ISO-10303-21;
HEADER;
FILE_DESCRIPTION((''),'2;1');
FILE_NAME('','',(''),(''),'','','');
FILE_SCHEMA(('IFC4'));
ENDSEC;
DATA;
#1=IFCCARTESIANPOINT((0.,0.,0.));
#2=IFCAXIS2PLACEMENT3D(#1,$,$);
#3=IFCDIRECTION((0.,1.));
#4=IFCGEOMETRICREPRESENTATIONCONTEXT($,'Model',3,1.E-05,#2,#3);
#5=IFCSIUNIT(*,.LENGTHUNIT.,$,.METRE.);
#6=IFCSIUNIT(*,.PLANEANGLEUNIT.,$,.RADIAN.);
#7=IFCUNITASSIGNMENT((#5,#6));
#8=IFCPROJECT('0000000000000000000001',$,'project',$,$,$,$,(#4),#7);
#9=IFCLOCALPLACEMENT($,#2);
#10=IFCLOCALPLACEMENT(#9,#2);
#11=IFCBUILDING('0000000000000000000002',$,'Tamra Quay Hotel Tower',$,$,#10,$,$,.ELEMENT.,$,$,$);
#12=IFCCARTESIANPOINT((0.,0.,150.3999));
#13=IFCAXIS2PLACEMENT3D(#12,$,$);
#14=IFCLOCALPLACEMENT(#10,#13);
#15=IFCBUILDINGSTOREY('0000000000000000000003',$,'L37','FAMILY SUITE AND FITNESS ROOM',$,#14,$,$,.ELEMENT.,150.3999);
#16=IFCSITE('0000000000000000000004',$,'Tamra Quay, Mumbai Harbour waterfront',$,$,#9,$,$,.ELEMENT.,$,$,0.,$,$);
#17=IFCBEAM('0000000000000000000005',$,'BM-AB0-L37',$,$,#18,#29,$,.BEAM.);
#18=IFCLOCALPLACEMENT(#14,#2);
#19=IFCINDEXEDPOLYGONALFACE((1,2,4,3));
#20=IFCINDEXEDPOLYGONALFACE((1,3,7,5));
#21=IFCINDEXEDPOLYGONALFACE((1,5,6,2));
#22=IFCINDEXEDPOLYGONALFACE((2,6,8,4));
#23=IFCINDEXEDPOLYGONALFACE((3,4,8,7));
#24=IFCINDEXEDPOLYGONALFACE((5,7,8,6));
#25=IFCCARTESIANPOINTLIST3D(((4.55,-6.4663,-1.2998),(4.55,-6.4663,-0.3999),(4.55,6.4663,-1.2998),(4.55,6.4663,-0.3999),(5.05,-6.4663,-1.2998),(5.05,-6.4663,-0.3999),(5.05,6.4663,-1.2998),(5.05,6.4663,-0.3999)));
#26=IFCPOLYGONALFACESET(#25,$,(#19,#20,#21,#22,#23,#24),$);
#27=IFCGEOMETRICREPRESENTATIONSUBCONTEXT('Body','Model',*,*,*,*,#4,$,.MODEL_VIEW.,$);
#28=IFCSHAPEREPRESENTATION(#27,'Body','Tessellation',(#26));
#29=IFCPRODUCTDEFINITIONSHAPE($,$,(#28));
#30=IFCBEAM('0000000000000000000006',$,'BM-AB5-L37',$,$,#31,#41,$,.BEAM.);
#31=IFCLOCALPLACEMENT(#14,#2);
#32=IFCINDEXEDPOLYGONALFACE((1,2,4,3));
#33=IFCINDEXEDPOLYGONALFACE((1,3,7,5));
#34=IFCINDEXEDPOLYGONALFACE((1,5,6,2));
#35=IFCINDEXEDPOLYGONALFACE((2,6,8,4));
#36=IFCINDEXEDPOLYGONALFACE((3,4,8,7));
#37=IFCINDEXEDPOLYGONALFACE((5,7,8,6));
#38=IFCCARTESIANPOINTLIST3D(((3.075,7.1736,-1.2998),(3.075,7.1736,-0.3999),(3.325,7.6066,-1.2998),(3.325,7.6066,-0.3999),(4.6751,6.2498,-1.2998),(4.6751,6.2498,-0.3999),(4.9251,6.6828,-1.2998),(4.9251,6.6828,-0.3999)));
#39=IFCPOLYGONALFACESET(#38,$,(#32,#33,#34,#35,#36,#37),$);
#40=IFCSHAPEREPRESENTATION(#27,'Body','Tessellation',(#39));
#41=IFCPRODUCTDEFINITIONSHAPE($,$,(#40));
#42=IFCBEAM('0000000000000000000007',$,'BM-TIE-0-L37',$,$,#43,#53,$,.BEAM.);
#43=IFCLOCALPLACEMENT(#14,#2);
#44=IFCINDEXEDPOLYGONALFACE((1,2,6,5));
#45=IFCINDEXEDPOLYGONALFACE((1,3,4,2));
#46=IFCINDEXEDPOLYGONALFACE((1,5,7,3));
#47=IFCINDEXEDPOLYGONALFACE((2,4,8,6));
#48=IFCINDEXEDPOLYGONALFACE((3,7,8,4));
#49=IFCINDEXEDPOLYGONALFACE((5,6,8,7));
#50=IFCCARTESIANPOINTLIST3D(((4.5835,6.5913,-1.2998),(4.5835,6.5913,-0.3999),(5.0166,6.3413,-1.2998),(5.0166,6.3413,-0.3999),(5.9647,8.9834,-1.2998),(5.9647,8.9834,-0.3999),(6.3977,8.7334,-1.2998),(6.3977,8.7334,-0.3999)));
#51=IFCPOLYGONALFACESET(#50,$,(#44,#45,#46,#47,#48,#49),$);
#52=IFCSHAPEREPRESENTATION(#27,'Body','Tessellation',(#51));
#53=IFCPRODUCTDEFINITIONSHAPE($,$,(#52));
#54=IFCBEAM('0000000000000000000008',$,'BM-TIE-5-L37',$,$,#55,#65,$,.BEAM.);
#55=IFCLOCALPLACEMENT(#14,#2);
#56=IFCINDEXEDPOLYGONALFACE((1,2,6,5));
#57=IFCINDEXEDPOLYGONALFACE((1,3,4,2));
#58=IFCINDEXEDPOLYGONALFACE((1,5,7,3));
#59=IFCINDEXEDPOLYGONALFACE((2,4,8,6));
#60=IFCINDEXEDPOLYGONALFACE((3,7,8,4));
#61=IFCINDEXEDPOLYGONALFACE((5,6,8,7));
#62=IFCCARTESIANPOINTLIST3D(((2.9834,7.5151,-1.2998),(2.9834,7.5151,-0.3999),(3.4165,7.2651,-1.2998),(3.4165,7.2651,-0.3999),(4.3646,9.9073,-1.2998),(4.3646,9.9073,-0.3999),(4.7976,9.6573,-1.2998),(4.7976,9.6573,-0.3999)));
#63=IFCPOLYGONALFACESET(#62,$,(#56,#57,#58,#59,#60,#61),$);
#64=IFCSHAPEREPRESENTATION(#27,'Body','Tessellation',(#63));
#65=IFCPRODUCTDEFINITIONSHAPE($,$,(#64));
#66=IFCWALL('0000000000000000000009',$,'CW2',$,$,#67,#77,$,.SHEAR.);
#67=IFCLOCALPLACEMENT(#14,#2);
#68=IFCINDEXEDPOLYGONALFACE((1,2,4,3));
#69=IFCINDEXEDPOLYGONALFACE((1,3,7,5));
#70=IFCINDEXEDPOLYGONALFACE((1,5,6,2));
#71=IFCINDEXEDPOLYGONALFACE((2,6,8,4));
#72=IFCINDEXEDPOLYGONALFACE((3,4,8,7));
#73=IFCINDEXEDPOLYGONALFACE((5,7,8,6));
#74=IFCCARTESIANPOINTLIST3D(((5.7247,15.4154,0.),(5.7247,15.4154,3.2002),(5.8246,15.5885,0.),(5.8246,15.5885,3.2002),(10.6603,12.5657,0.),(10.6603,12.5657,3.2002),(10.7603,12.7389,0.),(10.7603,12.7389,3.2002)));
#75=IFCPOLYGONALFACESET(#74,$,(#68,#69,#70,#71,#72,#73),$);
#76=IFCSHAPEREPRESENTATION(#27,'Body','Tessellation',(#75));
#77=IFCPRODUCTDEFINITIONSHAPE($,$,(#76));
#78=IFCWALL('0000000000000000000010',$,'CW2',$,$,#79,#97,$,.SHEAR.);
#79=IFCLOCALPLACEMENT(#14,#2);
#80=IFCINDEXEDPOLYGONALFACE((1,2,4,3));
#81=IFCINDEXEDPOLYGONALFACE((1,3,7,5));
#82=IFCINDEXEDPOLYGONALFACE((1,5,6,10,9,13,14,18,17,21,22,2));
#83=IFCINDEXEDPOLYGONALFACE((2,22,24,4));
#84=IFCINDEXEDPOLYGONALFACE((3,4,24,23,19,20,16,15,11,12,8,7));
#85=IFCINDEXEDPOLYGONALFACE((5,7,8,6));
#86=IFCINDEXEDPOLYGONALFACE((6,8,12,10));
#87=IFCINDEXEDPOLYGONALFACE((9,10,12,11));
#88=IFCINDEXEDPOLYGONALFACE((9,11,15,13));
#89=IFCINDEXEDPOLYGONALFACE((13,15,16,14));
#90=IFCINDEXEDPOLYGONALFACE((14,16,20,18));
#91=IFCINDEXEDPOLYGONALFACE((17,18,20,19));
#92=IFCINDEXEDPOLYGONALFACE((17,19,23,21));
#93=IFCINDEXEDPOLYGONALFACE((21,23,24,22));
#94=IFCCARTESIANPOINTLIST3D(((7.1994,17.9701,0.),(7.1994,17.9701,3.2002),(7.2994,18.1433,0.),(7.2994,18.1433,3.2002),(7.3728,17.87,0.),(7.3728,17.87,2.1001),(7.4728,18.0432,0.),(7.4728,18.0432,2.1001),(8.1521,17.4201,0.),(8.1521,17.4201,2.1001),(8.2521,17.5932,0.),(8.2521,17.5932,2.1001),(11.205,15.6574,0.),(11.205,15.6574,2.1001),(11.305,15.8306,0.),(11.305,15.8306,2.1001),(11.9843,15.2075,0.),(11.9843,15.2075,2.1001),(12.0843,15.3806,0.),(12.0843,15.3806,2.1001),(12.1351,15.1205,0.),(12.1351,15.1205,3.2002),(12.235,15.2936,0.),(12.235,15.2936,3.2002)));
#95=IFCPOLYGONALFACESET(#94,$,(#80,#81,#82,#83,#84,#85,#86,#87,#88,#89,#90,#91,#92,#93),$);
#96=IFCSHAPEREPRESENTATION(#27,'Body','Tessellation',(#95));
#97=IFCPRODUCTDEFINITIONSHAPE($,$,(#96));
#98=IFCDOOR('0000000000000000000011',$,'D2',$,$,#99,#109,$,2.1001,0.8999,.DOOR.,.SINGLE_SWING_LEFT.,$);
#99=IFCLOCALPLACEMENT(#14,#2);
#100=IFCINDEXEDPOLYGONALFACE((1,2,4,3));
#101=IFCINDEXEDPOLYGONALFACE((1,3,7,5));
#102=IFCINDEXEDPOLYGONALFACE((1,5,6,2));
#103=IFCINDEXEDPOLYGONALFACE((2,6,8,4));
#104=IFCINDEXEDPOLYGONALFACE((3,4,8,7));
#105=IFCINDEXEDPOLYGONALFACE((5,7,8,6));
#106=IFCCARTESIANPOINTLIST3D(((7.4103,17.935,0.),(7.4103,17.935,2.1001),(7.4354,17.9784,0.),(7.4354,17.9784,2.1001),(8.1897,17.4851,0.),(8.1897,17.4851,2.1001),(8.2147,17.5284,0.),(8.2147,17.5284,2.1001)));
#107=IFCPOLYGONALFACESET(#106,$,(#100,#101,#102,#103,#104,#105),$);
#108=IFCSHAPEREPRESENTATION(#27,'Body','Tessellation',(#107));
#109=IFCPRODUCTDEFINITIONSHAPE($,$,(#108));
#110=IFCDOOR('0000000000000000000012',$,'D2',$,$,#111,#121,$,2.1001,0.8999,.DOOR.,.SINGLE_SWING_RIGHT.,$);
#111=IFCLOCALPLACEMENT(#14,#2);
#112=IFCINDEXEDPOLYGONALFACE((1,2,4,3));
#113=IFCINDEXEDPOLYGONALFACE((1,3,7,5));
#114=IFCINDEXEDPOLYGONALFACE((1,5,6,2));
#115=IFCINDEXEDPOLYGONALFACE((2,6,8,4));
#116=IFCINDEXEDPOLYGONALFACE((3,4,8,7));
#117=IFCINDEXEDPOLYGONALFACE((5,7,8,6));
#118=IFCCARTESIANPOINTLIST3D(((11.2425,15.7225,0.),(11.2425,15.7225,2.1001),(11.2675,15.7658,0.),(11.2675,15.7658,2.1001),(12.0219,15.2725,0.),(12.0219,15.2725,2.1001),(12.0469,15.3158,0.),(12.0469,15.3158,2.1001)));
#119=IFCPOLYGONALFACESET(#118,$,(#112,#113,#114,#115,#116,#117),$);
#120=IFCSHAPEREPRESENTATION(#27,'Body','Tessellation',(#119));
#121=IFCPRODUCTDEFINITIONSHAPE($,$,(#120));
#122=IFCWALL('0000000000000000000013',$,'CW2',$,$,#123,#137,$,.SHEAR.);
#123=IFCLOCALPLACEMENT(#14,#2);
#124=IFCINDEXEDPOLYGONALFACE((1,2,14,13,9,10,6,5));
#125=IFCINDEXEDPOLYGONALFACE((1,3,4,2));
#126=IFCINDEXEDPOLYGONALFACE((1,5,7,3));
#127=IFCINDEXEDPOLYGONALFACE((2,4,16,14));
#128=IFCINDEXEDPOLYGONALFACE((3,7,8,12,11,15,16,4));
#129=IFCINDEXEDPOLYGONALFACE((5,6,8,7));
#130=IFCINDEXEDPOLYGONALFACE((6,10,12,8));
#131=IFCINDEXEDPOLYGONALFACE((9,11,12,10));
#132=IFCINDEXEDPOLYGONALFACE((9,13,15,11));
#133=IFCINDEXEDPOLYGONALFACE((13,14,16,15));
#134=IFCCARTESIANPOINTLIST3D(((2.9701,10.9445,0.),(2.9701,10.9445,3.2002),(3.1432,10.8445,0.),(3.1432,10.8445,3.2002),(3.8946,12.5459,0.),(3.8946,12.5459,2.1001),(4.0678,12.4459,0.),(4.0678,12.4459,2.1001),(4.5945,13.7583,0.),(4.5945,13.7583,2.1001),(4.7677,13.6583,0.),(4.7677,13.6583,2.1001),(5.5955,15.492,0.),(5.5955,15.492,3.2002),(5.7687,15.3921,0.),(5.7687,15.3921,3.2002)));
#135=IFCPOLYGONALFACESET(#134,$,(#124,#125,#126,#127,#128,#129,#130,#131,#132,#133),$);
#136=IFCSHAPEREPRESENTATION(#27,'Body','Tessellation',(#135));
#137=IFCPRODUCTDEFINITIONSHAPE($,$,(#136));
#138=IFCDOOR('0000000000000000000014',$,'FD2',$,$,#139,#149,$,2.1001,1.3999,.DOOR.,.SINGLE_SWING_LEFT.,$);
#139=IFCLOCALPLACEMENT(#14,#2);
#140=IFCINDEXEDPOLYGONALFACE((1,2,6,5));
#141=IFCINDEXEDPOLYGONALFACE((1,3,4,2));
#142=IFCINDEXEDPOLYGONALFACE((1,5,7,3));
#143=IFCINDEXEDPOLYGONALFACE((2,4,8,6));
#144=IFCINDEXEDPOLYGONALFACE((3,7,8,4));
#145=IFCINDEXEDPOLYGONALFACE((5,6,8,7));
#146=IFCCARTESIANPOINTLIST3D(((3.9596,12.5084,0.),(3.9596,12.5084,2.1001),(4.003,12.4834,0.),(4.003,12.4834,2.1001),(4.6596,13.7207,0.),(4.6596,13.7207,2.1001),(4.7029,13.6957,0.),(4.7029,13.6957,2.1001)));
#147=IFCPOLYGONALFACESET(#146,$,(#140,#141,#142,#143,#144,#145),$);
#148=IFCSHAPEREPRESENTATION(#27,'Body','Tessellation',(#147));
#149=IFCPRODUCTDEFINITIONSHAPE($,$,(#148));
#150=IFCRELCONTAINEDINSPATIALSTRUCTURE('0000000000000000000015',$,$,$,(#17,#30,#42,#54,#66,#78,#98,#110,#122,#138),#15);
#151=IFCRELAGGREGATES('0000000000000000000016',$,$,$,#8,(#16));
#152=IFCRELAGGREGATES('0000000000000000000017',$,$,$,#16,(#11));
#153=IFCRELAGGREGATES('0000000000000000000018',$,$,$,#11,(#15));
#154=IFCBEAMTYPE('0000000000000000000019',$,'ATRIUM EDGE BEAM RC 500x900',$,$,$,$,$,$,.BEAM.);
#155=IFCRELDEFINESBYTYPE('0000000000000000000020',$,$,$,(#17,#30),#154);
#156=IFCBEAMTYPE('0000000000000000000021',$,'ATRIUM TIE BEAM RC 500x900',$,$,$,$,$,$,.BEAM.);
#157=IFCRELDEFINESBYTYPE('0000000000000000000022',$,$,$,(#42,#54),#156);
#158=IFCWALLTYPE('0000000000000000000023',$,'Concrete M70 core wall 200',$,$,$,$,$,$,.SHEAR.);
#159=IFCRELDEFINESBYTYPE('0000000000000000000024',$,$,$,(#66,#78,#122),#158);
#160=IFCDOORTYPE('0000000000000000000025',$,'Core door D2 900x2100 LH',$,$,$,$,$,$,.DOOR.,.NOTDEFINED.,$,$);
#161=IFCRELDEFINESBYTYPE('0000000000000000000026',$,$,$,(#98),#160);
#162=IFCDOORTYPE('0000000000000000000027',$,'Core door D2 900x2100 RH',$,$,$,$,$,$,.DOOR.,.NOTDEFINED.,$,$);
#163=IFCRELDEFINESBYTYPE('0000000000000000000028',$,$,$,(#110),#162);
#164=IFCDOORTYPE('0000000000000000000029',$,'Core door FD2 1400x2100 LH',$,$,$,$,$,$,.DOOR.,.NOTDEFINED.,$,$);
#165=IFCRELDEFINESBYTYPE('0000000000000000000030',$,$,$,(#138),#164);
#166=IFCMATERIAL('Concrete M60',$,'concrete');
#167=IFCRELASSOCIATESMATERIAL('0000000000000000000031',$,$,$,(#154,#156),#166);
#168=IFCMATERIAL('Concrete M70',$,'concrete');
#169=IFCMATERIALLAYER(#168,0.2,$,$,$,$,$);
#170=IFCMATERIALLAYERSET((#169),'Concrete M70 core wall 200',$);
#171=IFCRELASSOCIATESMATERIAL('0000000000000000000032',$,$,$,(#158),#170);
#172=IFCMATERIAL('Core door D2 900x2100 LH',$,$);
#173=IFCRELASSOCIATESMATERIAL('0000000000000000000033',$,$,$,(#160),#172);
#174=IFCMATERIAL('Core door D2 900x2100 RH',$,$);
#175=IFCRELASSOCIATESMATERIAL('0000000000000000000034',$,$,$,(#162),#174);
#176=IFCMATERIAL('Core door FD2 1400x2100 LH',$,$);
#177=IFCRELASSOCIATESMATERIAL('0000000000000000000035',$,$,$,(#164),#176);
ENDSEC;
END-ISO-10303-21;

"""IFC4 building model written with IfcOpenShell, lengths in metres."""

from ifc_helpers import new_model, si_unit, direction, frame, frame_2d, origin, origin_2d, place, context, subcontext, project, spatial, rectangle, extrude, material, layer, layer_set, material_profile, profile_set, type_object, element, fill, save


model = new_model("IFC4")

# Units and contexts
model_context = context("Model", 3, precision=1e-05, world=origin(), true_north=direction((0.0, 1.0)))
body_context = subcontext(model_context, "Body", "Model", "MODEL_VIEW")
ifc_project = project(units=[si_unit("LENGTHUNIT", "METRE"), si_unit("PLANEANGLEUNIT", "RADIAN")], contexts=[model_context])

# Site, building, storey
site_placement = place(None, origin())
site = spatial("IfcSite", under=ifc_project, at=site_placement, Name="Tamra Quay, Mumbai Harbour waterfront", CompositionType="ELEMENT", RefElevation=0.0)
building_placement = place(site_placement, origin())
building = spatial("IfcBuilding", under=site, at=building_placement, Name="Tamra Quay Hotel Tower", CompositionType="ELEMENT")
storey_placement = place(building_placement, frame((0.0, 0.0, 150.3999)))
storey = spatial("IfcBuildingStorey", under=building, at=storey_placement, Name="L37", Description="FAMILY SUITE AND FITNESS ROOM", CompositionType="ELEMENT", Elevation=150.3999)

# Beams
ifc_material_1 = material(Name="Concrete M60", Category="concrete")
ifc_material_profile_1 = material_profile(ifc_material_1, rectangle(XDim=0.5, YDim=0.8999, at=origin_2d()), Name="ATRIUM EDGE BEAM RC 500x900")
ifc_profile_set_1 = profile_set([ifc_material_profile_1], Name="Concrete M60")
beam_type_1 = type_object("IfcBeamType", Name="ATRIUM EDGE BEAM RC 500x900", PredefinedType="BEAM", material=ifc_profile_set_1)
beam_1_placement = place(storey_placement, frame((4.8, 6.4663, -0.8499), z_axis=(0.0, -1.0, 0.0), x_axis=(1.0, 0.0, 0.0)))
element("IfcBeam", 1, at=beam_1_placement, inside=storey, type_object=beam_type_1, Name="BM-AB0-L37", PredefinedType="BEAM", context=body_context, shape_type="SweptSolid", body=[
    extrude(rectangle(XDim=0.5, YDim=0.8999, at=origin_2d()), origin(), (0.0, 0.0, 1.0), 12.9326),
])
beam_2_placement = place(storey_placement, frame((3.2, 7.3901, -0.8499), z_axis=(0.866023, -0.500005, 0.0), x_axis=(0.500005, 0.866023, 0.0)))
element("IfcBeam", 2, at=beam_2_placement, inside=storey, type_object=beam_type_1, Name="BM-AB5-L37", PredefinedType="BEAM", context=body_context, shape_type="SweptSolid", body=[
    extrude(rectangle(XDim=0.5, YDim=0.8999, at=origin_2d()), origin(), (0.0, 0.0, 1.0), 1.8477),
])
ifc_material_profile_2 = material_profile(ifc_material_1, rectangle(XDim=0.5, YDim=0.8999, at=origin_2d()), Name="ATRIUM TIE BEAM RC 500x900")
ifc_profile_set_2 = profile_set([ifc_material_profile_2], Name="Concrete M60")
beam_type_2 = type_object("IfcBeamType", Name="ATRIUM TIE BEAM RC 500x900", PredefinedType="BEAM", material=ifc_profile_set_2)
for number, where, z_axis, x_axis, name in (
    (3, (4.8, 6.4663, -0.8499), (0.500008, 0.866021, 0.0), (-0.866021, 0.500008, 0.0), "BM-TIE-0-L37"),
    (4, (3.2, 7.3901, -0.8499), (0.500008, 0.866021, 0.0), (-0.866021, 0.500008, 0.0), "BM-TIE-5-L37"),
):
    element("IfcBeam", number, at=place(storey_placement, frame(where, z_axis=z_axis, x_axis=x_axis)), inside=storey, type_object=beam_type_2, Name=name, PredefinedType="BEAM", context=body_context, shape_type="SweptSolid", body=[
        extrude(rectangle(XDim=0.5, YDim=0.8999, at=origin_2d()), origin(), (0.0, 0.0, 1.0), 2.7622),
    ])

# Wall
ifc_material_2 = material(Name="Concrete M70", Category="concrete")
ifc_layer_1 = layer(ifc_material_2, 0.2)
ifc_layer_set_1 = layer_set([ifc_layer_1], Name="Concrete M70 core wall 200")
wall_type_1 = type_object("IfcWallType", Name="Concrete M70 core wall 200", PredefinedType="SHEAR", material=ifc_layer_set_1)
wall_1_placement = place(storey_placement, frame((5.7747, 15.502, 0.0), z_axis=(0.0, 0.0, 1.0), x_axis=(0.86602, -0.500009, 0.0)))
element("IfcWall", 5, at=wall_1_placement, inside=storey, type_object=wall_type_1, Name="CW2", PredefinedType="SHEAR", context=body_context, shape_type="SweptSolid", body=[
    extrude(rectangle(XDim=5.6992, YDim=0.2, at=frame_2d((2.8496, 0.0))), origin(), (0.0, 0.0, 1.0), 3.2002),
])

# Wall, openings, doors
wall_2_placement = place(storey_placement, frame((12.1851, 15.207, 0.0), z_axis=(0.0, 0.0, 1.0), x_axis=(-0.86602, 0.500009, 0.0)))
wall_2 = element("IfcWall", 6, at=wall_2_placement, inside=storey, type_object=wall_type_1, Name="CW2", PredefinedType="SHEAR", context=body_context, shape_type="SweptSolid", body=[
    extrude(rectangle(XDim=5.6992, YDim=0.2, at=frame_2d((2.8496, 0.0))), origin(), (0.0, 0.0, 1.0), 3.2002),
])
opening_1_placement = place(wall_2_placement, frame((0.1741, 0.0, 0.0)))
opening_1 = element("IfcOpeningElement", 7, at=opening_1_placement, cuts=wall_2, PredefinedType="OPENING", context=body_context, shape_type="SweptSolid", body=[
    extrude(rectangle(XDim=0.8999, YDim=2.1001, at=frame_2d((0.45, 1.05))), frame((0.0, 0.1099, 0.0), z_axis=(0.0, -1.0, 0.0), x_axis=(1.0, 0.0, 0.0)), (0.0, 0.0, 1.0), 0.22),
])
opening_2_placement = place(wall_2_placement, frame((4.5991, 0.0, 0.0)))
opening_2 = element("IfcOpeningElement", 8, at=opening_2_placement, cuts=wall_2, PredefinedType="OPENING", context=body_context, shape_type="SweptSolid", body=[
    extrude(rectangle(XDim=0.8999, YDim=2.1001, at=frame_2d((0.45, 1.05))), frame((0.0, 0.1099, 0.0), z_axis=(0.0, -1.0, 0.0), x_axis=(1.0, 0.0, 0.0)), (0.0, 0.0, 1.0), 0.22),
])
ifc_material_3 = material(Name="Core door D2 900x2100 LH")
door_type_1 = type_object("IfcDoorType", Name="Core door D2 900x2100 LH", OperationType="NOTDEFINED", PredefinedType="DOOR", material=ifc_material_3)
door_1_placement = place(opening_2_placement, origin())
door_1 = element("IfcDoor", 9, at=door_1_placement, inside=storey, type_object=door_type_1, Name="D2", OperationType="SINGLE_SWING_LEFT", OverallHeight=2.1001, OverallWidth=0.8999, PredefinedType="DOOR", context=body_context, shape_type="SweptSolid", body=[
    extrude(rectangle(XDim=0.8999, YDim=2.1001, at=frame_2d((0.45, 1.05))), frame((0.0, 0.0249, 0.0), z_axis=(0.0, -1.0, 0.0), x_axis=(1.0, 0.0, 0.0)), (0.0, 0.0, 1.0), 0.05),
])
fill(opening_2, door_1)
ifc_material_4 = material(Name="Core door D2 900x2100 RH")
door_type_2 = type_object("IfcDoorType", Name="Core door D2 900x2100 RH", OperationType="NOTDEFINED", PredefinedType="DOOR", material=ifc_material_4)
door_2_placement = place(opening_1_placement, origin())
door_2 = element("IfcDoor", 10, at=door_2_placement, inside=storey, type_object=door_type_2, Name="D2", OperationType="SINGLE_SWING_RIGHT", OverallHeight=2.1001, OverallWidth=0.8999, PredefinedType="DOOR", context=body_context, shape_type="SweptSolid", body=[
    extrude(rectangle(XDim=0.8999, YDim=2.1001, at=frame_2d((0.45, 1.05))), frame((0.0, 0.0249, 0.0), z_axis=(0.0, -1.0, 0.0), x_axis=(1.0, 0.0, 0.0)), (0.0, 0.0, 1.0), 0.05),
])
fill(opening_1, door_2)

# Wall, opening, door
wall_3_placement = place(storey_placement, frame((3.0566, 10.8945, 0.0), z_axis=(0.0, 0.0, 1.0), x_axis=(0.499989, 0.866032, 0.0)))
wall_3 = element("IfcWall", 11, at=wall_3_placement, inside=storey, type_object=wall_type_1, Name="CW2", PredefinedType="SHEAR", context=body_context, shape_type="SweptSolid", body=[
    extrude(rectangle(XDim=5.251, YDim=0.2, at=frame_2d((2.6255, 0.0))), origin(), (0.0, 0.0, 1.0), 3.2002),
])
opening_3_placement = place(wall_3_placement, frame((1.8491, 0.0, 0.0)))
opening_3 = element("IfcOpeningElement", 12, at=opening_3_placement, cuts=wall_3, PredefinedType="OPENING", context=body_context, shape_type="SweptSolid", body=[
    extrude(rectangle(XDim=1.3999, YDim=2.1001, at=frame_2d((0.7, 1.05))), frame((0.0, 0.1099, 0.0), z_axis=(0.0, -1.0, 0.0), x_axis=(1.0, 0.0, 0.0)), (0.0, 0.0, 1.0), 0.22),
])
ifc_material_5 = material(Name="Core door FD2 1400x2100 LH")
door_type_3 = type_object("IfcDoorType", Name="Core door FD2 1400x2100 LH", OperationType="NOTDEFINED", PredefinedType="DOOR", material=ifc_material_5)
door_3_placement = place(opening_3_placement, origin())
door_3 = element("IfcDoor", 13, at=door_3_placement, inside=storey, type_object=door_type_3, Name="FD2", OperationType="SINGLE_SWING_LEFT", OverallHeight=2.1001, OverallWidth=1.3999, PredefinedType="DOOR", context=body_context, shape_type="SweptSolid", body=[
    extrude(rectangle(XDim=1.3999, YDim=2.1001, at=frame_2d((0.7, 1.05))), frame((0.0, 0.0249, 0.0), z_axis=(0.0, -1.0, 0.0), x_axis=(1.0, 0.0, 0.0)), (0.0, 0.0, 1.0), 0.05),
])
fill(opening_3, door_3)

save(model, "model.ifc")
